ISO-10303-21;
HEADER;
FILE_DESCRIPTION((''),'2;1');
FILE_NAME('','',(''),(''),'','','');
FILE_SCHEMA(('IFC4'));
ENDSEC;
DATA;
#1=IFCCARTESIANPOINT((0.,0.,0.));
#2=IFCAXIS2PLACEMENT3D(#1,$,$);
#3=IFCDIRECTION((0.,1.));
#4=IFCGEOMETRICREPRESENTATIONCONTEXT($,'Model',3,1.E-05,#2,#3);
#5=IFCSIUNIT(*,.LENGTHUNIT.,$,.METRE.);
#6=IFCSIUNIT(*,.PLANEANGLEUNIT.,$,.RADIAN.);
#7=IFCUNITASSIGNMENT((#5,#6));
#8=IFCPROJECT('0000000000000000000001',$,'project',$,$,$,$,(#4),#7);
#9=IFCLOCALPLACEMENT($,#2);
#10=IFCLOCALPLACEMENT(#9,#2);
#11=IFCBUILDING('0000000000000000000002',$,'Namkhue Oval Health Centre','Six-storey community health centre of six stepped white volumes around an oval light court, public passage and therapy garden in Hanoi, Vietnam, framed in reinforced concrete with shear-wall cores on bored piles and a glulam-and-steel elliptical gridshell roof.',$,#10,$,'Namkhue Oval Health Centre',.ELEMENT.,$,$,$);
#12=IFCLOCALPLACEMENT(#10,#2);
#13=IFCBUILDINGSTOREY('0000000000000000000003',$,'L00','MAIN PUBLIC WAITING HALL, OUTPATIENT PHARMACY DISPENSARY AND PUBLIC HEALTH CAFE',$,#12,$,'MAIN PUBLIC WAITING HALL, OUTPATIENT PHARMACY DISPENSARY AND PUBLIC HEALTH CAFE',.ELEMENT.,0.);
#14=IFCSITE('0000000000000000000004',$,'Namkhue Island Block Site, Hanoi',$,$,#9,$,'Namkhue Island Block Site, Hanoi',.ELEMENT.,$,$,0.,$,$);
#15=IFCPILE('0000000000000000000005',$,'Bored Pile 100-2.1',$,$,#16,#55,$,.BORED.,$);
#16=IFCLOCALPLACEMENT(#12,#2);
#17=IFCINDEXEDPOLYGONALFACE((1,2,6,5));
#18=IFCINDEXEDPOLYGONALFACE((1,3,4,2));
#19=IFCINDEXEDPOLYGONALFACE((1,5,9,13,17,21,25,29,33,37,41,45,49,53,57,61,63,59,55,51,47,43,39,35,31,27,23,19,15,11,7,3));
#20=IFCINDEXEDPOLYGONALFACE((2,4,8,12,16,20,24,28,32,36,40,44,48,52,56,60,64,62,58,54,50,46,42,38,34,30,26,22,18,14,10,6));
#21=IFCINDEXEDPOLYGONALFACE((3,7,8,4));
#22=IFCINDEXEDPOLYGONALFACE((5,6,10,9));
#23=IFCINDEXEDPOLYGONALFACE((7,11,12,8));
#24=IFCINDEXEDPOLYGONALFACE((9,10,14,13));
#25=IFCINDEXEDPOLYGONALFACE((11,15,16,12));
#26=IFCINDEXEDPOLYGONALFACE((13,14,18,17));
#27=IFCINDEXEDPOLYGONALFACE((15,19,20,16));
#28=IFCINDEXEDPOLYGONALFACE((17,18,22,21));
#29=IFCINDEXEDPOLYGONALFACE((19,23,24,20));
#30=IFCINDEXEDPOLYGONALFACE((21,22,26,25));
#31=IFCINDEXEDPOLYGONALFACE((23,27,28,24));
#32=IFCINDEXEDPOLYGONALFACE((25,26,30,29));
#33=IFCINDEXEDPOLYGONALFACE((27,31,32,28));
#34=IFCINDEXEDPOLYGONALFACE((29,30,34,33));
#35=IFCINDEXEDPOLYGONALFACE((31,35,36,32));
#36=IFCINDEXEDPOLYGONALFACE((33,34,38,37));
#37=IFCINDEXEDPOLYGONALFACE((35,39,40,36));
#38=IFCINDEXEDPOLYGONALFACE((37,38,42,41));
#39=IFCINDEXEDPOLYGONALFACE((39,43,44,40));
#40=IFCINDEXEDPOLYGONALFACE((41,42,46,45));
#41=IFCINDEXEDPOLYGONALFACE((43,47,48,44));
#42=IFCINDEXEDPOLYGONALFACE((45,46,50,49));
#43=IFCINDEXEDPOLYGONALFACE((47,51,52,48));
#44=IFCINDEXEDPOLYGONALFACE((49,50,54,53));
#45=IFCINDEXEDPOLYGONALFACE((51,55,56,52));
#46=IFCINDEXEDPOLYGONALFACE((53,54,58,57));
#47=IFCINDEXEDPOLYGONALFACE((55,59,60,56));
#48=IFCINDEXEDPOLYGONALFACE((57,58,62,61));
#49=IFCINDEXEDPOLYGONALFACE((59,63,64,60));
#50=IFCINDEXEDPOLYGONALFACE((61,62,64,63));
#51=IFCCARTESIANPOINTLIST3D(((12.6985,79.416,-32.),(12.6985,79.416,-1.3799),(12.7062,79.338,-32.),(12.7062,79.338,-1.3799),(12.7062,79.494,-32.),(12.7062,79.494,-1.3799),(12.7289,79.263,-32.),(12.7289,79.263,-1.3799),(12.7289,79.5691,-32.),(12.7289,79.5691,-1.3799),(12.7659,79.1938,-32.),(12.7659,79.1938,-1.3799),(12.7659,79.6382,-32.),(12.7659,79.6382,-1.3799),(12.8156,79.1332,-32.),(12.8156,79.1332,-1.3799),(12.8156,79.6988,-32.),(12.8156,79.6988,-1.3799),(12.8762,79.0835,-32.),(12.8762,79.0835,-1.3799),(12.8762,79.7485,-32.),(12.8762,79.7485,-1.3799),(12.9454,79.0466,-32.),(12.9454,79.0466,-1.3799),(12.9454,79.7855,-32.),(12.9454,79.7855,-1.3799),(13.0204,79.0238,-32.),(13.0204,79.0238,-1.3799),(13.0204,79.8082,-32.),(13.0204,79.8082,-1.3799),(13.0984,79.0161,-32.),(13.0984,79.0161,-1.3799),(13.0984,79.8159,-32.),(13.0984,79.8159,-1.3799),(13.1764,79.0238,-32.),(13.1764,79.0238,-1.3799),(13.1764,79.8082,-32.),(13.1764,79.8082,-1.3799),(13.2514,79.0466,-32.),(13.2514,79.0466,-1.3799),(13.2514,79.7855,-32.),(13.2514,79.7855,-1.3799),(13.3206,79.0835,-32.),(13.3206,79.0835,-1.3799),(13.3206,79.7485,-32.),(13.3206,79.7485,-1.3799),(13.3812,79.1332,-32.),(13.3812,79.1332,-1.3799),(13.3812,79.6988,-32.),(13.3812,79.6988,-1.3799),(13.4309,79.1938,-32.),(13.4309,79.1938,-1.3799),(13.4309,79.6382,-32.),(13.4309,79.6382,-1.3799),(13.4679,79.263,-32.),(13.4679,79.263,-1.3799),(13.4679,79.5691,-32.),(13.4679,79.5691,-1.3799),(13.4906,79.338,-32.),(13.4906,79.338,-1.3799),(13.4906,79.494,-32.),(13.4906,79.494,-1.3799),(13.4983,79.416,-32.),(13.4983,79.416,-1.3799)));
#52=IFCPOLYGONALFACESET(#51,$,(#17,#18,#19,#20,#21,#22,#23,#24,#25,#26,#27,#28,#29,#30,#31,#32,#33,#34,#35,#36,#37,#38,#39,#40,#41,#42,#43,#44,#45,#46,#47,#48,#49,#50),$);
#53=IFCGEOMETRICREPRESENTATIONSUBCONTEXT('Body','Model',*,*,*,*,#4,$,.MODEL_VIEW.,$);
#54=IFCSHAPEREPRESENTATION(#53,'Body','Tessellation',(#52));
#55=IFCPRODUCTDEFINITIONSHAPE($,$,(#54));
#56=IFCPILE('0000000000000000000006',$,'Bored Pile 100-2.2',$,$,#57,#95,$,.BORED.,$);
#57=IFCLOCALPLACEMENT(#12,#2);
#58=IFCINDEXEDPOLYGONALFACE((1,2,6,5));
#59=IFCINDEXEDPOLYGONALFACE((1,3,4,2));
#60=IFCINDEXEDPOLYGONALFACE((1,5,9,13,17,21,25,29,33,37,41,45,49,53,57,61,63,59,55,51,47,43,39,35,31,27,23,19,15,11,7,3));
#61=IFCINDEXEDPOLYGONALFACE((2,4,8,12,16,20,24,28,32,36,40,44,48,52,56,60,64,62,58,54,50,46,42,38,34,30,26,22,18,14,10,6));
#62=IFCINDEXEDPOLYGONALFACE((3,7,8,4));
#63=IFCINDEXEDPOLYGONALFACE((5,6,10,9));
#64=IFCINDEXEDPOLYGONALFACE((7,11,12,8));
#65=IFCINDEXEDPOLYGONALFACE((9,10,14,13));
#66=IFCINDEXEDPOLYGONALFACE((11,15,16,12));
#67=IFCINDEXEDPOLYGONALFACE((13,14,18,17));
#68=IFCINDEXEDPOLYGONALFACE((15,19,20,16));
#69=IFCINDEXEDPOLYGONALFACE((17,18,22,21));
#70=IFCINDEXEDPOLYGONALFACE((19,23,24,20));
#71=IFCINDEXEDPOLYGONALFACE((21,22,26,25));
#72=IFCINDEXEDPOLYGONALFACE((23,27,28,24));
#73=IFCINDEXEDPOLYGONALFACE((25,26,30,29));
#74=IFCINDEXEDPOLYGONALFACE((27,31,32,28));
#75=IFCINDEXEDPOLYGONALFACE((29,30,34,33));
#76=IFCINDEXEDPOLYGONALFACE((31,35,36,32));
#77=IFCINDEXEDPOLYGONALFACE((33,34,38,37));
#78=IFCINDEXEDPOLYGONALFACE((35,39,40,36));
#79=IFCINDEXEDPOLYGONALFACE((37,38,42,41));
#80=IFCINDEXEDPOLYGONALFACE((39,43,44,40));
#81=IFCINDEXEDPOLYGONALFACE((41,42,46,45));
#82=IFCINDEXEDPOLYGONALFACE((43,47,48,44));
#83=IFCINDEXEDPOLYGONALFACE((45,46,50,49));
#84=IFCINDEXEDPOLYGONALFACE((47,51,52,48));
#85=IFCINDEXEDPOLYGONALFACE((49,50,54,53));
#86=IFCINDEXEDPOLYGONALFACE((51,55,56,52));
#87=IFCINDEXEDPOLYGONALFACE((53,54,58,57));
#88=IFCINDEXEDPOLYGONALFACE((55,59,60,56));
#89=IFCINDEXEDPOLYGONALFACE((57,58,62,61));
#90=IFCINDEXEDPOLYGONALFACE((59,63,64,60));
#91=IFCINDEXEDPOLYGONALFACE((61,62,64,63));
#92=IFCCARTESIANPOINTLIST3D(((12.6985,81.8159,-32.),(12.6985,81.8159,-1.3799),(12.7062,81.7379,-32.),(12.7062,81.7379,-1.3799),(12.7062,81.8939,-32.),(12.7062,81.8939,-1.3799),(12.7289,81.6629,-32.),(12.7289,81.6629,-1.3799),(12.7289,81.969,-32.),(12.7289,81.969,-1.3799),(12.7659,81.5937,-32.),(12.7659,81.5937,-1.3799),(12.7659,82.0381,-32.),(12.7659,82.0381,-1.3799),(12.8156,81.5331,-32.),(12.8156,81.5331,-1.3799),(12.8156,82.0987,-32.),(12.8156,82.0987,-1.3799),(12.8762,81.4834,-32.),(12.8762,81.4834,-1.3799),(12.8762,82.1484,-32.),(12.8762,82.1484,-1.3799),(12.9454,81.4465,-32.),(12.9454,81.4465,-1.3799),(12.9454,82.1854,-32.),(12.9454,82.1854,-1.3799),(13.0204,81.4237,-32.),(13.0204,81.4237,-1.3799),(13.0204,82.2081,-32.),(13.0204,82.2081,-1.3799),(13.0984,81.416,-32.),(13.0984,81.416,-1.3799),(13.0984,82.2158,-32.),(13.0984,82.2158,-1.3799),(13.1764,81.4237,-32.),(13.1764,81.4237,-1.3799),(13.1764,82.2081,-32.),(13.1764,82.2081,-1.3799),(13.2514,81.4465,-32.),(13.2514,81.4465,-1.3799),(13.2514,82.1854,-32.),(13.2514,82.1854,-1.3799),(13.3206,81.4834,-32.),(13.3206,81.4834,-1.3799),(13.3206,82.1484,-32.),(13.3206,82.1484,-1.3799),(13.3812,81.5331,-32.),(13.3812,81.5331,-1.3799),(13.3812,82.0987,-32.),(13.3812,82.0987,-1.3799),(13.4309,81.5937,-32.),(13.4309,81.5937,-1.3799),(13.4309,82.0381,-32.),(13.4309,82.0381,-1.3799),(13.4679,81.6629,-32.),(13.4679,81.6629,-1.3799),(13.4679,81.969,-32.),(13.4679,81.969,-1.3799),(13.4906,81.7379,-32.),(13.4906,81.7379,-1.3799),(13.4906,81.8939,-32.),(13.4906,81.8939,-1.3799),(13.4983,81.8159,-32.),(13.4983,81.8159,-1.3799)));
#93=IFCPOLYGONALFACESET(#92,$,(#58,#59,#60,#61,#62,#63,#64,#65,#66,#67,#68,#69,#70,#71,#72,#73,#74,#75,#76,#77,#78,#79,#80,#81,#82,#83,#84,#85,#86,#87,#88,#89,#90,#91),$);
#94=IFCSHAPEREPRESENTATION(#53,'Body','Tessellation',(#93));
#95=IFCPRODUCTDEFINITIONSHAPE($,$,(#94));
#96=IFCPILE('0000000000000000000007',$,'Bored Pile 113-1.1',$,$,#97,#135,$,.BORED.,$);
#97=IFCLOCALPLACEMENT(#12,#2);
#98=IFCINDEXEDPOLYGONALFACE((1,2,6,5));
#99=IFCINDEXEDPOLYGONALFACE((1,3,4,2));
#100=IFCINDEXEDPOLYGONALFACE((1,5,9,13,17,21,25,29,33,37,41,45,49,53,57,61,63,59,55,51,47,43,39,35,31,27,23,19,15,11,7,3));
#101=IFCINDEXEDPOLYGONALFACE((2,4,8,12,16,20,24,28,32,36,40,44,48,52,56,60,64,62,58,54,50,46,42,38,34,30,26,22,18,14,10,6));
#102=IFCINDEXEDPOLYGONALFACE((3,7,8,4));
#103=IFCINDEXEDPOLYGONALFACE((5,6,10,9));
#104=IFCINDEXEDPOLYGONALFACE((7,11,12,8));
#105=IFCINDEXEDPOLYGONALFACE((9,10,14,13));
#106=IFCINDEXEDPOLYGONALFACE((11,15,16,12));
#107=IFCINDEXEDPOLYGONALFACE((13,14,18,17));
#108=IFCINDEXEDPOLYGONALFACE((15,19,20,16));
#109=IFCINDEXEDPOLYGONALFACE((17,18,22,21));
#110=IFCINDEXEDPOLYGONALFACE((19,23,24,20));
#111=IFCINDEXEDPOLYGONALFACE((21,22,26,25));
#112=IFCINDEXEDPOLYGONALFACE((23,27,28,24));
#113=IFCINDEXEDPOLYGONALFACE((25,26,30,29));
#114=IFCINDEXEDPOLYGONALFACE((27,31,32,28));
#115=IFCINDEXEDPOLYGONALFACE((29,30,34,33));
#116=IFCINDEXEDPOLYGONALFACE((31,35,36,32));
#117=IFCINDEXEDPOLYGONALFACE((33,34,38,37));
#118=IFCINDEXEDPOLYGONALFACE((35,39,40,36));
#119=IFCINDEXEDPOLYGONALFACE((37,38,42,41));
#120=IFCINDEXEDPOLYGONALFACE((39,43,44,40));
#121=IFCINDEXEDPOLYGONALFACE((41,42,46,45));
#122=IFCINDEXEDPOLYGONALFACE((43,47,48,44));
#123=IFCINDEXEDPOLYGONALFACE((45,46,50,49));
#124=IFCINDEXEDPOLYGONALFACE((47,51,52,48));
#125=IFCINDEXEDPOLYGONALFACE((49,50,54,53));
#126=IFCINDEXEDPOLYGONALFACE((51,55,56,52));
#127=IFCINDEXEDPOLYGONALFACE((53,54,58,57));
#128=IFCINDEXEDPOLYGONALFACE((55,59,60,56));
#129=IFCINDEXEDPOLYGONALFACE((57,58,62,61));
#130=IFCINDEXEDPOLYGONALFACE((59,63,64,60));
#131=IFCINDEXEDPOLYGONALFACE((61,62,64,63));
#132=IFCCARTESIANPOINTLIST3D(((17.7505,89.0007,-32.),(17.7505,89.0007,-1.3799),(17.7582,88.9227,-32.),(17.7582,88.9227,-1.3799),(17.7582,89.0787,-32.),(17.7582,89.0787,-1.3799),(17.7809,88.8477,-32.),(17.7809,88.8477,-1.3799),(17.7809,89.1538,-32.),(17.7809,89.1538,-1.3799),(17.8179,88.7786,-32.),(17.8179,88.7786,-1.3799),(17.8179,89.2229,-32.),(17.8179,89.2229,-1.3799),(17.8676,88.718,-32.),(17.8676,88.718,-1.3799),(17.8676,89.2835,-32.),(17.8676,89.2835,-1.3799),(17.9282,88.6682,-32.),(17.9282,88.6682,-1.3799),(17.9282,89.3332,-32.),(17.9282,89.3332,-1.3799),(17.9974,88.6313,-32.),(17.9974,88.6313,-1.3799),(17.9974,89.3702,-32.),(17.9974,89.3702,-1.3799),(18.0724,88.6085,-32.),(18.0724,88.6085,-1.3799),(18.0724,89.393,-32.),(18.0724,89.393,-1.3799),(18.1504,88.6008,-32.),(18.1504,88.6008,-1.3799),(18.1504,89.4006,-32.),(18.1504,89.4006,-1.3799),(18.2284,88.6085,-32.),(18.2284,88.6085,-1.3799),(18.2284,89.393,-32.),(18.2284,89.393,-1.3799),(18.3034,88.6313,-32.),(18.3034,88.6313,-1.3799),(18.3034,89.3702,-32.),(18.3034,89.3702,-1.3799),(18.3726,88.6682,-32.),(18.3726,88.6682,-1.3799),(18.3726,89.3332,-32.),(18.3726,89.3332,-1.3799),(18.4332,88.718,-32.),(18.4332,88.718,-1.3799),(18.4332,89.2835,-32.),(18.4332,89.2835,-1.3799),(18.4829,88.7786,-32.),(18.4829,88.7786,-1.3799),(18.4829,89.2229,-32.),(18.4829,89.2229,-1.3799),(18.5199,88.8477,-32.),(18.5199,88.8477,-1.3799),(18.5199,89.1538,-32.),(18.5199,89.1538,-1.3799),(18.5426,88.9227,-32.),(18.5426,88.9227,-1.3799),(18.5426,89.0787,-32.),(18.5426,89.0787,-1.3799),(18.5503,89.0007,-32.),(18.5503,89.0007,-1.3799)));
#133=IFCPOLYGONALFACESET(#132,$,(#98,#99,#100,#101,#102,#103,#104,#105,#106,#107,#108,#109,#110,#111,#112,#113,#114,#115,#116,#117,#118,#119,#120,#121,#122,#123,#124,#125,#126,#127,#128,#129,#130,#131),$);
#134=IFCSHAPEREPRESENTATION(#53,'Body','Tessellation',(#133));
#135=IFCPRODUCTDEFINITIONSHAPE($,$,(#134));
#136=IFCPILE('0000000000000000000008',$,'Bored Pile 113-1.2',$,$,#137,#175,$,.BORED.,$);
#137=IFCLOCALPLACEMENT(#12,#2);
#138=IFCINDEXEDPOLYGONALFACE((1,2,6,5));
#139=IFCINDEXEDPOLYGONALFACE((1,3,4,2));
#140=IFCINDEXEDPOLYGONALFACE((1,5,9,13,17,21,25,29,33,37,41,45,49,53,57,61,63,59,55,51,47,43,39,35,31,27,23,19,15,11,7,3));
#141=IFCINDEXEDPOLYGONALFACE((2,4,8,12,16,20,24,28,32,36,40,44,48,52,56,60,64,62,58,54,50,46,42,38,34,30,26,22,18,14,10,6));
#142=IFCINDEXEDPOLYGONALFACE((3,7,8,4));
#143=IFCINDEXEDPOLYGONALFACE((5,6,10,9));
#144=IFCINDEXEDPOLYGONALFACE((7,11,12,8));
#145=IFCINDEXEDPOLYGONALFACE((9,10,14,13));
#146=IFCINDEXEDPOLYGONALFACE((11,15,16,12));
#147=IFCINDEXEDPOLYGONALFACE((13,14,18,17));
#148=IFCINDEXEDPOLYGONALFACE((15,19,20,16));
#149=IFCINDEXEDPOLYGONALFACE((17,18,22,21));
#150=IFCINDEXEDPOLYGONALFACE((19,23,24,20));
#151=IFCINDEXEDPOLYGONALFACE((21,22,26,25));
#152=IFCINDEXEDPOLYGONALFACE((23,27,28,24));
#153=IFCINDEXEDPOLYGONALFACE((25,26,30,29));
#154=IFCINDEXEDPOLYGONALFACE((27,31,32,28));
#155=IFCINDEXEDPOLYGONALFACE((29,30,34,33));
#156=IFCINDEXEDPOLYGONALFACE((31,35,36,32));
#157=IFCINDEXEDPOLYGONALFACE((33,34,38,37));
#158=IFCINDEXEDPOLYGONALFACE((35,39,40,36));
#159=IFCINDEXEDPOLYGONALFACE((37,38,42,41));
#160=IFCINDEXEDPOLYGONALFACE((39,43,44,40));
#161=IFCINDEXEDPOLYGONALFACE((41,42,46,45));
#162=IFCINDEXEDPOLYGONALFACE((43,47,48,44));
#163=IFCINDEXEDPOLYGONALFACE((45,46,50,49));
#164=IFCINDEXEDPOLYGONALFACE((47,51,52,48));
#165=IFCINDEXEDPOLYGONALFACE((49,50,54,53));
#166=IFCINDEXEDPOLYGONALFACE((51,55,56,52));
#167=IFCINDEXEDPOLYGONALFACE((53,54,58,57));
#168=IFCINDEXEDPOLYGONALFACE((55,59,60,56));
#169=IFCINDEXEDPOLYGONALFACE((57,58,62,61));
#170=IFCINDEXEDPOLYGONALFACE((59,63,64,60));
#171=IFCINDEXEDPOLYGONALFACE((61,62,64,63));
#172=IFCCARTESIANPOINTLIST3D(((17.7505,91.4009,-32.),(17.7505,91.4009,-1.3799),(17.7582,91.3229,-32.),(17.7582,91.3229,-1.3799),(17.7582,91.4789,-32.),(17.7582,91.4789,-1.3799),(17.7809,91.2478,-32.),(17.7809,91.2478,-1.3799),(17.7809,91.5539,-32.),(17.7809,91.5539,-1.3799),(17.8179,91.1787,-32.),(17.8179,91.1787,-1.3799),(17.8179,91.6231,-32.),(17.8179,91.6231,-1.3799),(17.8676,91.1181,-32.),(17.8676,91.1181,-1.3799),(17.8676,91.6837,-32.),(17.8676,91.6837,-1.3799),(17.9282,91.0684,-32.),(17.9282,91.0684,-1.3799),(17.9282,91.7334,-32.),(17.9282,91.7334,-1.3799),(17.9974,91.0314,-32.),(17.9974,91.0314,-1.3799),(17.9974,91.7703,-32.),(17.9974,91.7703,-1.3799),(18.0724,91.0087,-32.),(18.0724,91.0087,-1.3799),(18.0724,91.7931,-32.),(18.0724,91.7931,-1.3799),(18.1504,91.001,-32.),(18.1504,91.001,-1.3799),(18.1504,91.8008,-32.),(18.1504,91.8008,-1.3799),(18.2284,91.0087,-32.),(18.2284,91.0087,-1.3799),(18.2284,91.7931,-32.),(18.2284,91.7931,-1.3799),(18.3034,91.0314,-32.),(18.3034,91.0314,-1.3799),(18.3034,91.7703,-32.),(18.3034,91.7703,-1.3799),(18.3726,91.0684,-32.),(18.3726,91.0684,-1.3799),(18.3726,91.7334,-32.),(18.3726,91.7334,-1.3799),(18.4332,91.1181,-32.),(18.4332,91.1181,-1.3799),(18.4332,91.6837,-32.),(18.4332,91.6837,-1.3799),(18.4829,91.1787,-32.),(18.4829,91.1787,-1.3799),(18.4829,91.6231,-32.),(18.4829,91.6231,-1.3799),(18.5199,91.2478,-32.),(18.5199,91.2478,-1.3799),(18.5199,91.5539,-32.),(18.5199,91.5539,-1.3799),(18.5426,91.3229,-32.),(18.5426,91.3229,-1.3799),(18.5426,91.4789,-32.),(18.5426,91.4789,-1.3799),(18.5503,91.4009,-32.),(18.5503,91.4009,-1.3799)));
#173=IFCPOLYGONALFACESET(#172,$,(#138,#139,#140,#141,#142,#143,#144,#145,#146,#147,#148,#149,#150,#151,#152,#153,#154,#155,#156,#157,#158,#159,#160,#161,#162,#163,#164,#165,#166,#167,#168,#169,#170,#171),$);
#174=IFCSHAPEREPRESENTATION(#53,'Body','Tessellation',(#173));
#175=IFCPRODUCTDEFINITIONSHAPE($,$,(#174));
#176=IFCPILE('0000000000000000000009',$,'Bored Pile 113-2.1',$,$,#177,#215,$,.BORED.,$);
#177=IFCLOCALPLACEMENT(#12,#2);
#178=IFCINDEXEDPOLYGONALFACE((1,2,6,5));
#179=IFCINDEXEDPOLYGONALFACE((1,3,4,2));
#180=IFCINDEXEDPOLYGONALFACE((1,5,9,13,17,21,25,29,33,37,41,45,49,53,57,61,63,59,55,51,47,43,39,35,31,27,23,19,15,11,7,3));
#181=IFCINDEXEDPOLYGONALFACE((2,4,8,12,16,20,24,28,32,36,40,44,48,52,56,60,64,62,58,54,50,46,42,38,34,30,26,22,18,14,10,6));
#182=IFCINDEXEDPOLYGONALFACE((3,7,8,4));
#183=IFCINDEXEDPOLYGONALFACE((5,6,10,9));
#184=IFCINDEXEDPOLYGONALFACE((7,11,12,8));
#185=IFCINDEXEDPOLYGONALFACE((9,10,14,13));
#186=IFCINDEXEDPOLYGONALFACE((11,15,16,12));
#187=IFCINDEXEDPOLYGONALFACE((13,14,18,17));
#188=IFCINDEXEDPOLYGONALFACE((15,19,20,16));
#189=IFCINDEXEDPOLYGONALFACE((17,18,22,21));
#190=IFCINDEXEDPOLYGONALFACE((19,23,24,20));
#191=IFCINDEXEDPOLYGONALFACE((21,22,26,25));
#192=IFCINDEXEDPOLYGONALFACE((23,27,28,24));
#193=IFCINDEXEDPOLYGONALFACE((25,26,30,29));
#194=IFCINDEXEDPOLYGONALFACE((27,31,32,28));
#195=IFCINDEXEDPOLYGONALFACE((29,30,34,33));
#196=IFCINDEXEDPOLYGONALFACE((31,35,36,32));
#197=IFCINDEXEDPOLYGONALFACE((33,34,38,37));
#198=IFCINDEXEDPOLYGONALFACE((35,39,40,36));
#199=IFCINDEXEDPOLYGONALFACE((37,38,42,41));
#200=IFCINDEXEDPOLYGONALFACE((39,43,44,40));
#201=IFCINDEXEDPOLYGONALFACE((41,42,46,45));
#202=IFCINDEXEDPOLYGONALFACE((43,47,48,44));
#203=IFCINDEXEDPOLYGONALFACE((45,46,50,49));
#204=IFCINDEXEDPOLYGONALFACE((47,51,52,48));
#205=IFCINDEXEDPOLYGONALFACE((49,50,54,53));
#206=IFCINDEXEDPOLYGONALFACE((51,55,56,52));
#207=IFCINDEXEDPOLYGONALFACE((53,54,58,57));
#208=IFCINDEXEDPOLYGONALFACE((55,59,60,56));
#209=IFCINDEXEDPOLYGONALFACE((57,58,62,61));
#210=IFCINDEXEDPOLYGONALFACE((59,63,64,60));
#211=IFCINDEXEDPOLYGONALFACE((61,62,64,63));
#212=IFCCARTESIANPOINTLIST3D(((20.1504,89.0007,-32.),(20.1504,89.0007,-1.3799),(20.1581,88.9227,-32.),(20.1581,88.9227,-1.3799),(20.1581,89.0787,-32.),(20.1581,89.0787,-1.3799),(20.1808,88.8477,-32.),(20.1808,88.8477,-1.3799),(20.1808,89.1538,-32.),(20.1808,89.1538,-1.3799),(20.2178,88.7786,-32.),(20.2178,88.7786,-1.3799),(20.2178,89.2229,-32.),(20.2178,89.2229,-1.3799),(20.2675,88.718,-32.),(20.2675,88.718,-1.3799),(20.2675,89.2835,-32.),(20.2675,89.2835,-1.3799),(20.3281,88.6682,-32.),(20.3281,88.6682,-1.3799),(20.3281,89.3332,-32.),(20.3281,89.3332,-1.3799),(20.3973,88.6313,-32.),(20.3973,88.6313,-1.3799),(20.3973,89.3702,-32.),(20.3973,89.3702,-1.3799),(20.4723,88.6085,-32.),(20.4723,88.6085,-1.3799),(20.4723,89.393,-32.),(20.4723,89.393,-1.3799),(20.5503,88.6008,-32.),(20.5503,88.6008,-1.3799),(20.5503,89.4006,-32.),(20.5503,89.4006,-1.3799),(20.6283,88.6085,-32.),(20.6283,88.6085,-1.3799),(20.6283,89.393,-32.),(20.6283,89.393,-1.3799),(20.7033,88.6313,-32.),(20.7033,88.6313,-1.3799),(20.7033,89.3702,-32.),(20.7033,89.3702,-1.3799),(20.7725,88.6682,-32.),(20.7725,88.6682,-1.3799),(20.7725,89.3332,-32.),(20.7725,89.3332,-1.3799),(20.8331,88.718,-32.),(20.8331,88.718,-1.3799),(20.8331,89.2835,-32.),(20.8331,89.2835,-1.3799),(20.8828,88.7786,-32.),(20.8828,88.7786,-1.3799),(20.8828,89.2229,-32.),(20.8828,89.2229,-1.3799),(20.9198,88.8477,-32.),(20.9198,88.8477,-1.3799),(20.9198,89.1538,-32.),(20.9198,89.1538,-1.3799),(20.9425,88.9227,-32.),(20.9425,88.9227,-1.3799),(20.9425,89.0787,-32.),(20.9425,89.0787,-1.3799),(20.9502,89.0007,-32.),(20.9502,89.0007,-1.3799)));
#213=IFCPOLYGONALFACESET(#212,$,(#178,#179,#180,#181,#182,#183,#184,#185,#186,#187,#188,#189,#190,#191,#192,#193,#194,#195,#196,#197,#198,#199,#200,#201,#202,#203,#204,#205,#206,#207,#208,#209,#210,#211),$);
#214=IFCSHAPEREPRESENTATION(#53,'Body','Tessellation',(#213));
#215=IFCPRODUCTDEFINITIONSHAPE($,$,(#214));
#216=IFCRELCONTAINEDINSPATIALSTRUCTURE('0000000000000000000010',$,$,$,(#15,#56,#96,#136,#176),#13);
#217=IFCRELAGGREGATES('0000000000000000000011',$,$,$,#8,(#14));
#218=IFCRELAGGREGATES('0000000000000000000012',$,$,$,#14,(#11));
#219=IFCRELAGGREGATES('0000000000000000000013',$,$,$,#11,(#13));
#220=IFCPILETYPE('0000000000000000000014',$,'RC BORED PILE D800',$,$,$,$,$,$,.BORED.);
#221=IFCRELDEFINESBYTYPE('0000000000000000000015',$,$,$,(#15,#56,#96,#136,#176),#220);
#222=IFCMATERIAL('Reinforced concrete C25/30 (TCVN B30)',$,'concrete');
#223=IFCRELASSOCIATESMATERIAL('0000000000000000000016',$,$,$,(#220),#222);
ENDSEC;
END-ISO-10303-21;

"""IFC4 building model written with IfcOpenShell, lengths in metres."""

from ifc_helpers import new_model, si_unit, direction, frame, origin, origin_2d, place, context, subcontext, project, spatial, circle, extrude, material, material_profile, profile_set, type_object, element, save


model = new_model("IFC4")

# Units and contexts
model_context = context("Model", 3, precision=1e-05, world=origin(), true_north=direction((0.0, 1.0)))
body_context = subcontext(model_context, "Body", "Model", "MODEL_VIEW")
ifc_project = project(units=[si_unit("LENGTHUNIT", "METRE"), si_unit("PLANEANGLEUNIT", "RADIAN")], contexts=[model_context])

# Site, building, storey
site_placement = place(None, origin())
site = spatial("IfcSite", under=ifc_project, at=site_placement, Name="Namkhue Island Block Site, Hanoi", LongName="Namkhue Island Block Site, Hanoi", CompositionType="ELEMENT", RefElevation=0.0)
building_placement = place(site_placement, origin())
building = spatial("IfcBuilding", under=site, at=building_placement, Name="Namkhue Oval Health Centre", Description="Six-storey community health centre of six stepped white volumes around an oval light court, public passage and therapy garden in Hanoi, Vietnam, framed in reinforced concrete with shear-wall cores on bored piles and a glulam-and-steel elliptical gridshell roof.", LongName="Namkhue Oval Health Centre", CompositionType="ELEMENT")
storey_placement = place(building_placement, origin())
storey = spatial("IfcBuildingStorey", under=building, at=storey_placement, Name="L00", Description="MAIN PUBLIC WAITING HALL, OUTPATIENT PHARMACY DISPENSARY AND PUBLIC HEALTH CAFE", LongName="MAIN PUBLIC WAITING HALL, OUTPATIENT PHARMACY DISPENSARY AND PUBLIC HEALTH CAFE", CompositionType="ELEMENT", Elevation=0.0)

# Piles
ifc_material_1 = material(Name="Reinforced concrete C25/30 (TCVN B30)", Category="concrete")
ifc_material_profile_1 = material_profile(ifc_material_1, circle(Radius=0.3999, at=origin_2d()), Name="BORED PILE D800")
ifc_profile_set_1 = profile_set([ifc_material_profile_1], Name="Reinforced concrete C25/30 (TCVN B30)")
pile_type_1 = type_object("IfcPileType", Name="RC BORED PILE D800", PredefinedType="BORED", material=ifc_profile_set_1)
for number, where, z_axis, x_axis, name in (
    (1, (13.0984, 79.416, -1.3799), (0.0, 0.0, -1.0), (1.0, 0.0, 0.0), "Bored Pile 100-2.1"),
    (2, (13.0984, 81.8159, -1.3799), (0.0, 0.0, -1.0), (1.0, 0.0, 0.0), "Bored Pile 100-2.2"),
    (3, (18.1504, 89.0007, -1.3799), (0.0, 0.0, -1.0), (1.0, 0.0, 0.0), "Bored Pile 113-1.1"),
    (4, (18.1504, 91.4009, -1.3799), (0.0, 0.0, -1.0), (1.0, 0.0, 0.0), "Bored Pile 113-1.2"),
    (5, (20.5503, 89.0007, -1.3799), (0.0, 0.0, -1.0), (1.0, 0.0, 0.0), "Bored Pile 113-2.1"),
):
    element("IfcPile", number, at=place(storey_placement, frame(where, z_axis=z_axis, x_axis=x_axis)), inside=storey, type_object=pile_type_1, Name=name, PredefinedType="BORED", context=body_context, shape_type="SweptSolid", body=[
        extrude(circle(Radius=0.3999, at=origin_2d()), origin(), (0.0, 0.0, 1.0), 30.6201),
    ])

save(model, "model.ifc")
